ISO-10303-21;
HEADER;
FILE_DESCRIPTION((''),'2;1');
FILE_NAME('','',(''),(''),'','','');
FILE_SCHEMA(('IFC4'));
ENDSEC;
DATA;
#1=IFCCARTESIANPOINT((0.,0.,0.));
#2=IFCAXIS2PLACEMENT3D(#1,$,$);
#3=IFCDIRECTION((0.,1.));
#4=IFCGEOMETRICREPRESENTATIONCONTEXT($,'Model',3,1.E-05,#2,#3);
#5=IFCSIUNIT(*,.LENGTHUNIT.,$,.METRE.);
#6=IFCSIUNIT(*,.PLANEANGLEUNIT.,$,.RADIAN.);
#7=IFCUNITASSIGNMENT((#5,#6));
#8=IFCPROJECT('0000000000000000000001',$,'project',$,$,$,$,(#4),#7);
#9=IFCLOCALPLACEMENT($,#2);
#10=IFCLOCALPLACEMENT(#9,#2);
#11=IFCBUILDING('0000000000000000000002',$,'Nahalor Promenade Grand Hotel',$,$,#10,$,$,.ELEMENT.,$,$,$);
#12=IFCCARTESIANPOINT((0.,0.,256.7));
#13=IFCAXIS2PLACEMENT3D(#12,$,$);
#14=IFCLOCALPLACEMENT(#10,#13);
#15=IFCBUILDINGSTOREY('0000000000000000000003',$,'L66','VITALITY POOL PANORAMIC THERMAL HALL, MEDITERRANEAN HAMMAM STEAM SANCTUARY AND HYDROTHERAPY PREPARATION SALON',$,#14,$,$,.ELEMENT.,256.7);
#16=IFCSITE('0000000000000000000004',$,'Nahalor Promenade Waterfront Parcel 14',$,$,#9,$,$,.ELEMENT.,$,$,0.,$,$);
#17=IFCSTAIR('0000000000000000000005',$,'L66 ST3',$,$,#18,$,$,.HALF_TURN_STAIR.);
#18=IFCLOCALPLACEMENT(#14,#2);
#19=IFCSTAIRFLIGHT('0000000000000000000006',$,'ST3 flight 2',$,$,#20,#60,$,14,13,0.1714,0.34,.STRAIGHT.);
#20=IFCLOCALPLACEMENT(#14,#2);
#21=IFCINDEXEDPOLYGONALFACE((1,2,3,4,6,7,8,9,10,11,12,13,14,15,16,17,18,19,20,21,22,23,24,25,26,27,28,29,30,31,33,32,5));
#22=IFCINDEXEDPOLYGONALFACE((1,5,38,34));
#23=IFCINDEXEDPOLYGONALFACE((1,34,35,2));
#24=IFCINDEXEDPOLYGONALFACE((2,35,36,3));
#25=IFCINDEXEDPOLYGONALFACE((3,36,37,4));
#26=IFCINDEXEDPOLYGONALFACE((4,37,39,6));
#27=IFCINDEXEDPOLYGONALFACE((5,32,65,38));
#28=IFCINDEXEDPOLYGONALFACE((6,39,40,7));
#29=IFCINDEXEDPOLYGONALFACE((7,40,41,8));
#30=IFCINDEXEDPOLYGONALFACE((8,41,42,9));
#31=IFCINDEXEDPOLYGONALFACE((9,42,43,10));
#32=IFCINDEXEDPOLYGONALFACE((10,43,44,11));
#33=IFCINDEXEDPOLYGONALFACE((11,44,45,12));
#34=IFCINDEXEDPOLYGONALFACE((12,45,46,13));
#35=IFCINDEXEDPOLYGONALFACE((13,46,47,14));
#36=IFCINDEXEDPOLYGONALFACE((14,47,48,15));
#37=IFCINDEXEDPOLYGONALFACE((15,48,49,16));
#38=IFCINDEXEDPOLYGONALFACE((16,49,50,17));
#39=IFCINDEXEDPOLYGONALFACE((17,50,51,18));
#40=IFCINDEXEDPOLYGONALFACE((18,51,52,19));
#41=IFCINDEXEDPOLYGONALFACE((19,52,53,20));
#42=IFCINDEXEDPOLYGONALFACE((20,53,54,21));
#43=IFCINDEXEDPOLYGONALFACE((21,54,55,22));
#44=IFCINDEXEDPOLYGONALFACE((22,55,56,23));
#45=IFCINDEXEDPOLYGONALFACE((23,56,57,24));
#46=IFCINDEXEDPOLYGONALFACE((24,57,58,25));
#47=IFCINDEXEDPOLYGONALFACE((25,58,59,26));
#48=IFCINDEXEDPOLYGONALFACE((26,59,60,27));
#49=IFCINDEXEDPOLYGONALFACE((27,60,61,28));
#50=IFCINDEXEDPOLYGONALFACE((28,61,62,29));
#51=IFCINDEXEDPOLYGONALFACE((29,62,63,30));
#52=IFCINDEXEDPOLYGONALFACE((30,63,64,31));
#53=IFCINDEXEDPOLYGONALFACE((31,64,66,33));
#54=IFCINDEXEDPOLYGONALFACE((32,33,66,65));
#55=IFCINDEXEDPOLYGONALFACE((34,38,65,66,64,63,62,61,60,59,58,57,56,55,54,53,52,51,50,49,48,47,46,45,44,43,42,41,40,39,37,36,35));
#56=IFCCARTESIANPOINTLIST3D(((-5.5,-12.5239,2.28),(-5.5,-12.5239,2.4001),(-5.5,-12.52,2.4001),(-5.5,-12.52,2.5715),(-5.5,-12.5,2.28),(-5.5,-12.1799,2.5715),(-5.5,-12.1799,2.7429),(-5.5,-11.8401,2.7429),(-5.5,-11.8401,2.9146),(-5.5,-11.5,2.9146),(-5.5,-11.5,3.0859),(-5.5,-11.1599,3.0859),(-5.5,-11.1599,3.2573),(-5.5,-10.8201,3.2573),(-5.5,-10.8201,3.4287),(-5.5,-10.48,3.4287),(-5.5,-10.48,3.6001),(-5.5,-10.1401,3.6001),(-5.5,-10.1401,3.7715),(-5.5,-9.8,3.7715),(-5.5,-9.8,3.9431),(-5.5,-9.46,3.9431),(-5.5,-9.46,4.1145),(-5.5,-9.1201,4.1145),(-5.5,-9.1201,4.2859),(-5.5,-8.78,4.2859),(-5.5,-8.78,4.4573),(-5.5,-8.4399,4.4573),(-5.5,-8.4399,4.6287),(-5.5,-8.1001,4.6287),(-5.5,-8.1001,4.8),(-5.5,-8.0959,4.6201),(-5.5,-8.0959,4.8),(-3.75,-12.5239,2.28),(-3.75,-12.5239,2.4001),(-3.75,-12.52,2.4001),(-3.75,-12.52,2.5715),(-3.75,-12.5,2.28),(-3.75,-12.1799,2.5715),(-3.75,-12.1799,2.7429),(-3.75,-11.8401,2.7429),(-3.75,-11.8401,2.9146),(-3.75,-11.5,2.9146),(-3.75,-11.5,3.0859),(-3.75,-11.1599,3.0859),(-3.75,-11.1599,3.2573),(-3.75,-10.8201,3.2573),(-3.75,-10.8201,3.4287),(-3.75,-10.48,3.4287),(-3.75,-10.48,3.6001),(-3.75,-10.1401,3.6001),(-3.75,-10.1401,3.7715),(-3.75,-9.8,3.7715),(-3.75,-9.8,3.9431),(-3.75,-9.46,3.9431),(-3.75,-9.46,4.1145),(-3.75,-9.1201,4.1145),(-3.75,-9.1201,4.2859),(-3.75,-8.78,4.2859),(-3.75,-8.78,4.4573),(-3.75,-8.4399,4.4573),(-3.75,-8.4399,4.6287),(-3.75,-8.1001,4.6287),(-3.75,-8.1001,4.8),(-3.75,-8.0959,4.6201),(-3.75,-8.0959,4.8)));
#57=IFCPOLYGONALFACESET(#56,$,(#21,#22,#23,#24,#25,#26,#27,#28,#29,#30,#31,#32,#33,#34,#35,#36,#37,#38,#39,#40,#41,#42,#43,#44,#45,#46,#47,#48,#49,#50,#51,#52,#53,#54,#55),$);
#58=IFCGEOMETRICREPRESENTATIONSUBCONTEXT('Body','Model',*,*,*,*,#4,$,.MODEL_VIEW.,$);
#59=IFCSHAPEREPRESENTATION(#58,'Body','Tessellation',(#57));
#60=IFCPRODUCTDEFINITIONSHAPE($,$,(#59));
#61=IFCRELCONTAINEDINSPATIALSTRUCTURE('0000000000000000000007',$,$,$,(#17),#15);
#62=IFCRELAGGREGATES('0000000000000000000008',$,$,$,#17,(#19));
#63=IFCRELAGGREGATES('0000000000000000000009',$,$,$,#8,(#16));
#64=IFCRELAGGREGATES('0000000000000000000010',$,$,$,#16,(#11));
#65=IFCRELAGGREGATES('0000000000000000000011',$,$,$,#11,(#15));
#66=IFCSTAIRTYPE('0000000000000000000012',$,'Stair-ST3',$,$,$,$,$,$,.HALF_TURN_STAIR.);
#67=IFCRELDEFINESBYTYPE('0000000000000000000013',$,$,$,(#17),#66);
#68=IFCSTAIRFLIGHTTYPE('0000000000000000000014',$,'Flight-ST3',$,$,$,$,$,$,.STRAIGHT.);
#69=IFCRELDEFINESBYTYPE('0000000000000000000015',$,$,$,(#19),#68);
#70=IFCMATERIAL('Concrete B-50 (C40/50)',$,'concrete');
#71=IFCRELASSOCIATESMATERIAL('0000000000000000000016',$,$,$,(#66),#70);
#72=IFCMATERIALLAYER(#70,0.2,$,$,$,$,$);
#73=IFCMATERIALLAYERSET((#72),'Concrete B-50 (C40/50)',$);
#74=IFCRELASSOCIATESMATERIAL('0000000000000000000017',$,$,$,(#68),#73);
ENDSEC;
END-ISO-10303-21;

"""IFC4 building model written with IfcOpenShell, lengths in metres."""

from ifc_helpers import new_model, si_unit, direction, frame, origin, place, context, subcontext, project, spatial, polyline, outline, extrude, source, transform, mapped, material, layer, layer_set, type_object, element, aggregate, save


model = new_model("IFC4")

# Units and contexts
model_context = context("Model", 3, precision=1e-05, world=origin(), true_north=direction((0.0, 1.0)))
body_context = subcontext(model_context, "Body", "Model", "MODEL_VIEW")
ifc_project = project(units=[si_unit("LENGTHUNIT", "METRE"), si_unit("PLANEANGLEUNIT", "RADIAN")], contexts=[model_context])

# Site, building, storey
site_placement = place(None, origin())
site = spatial("IfcSite", under=ifc_project, at=site_placement, Name="Nahalor Promenade Waterfront Parcel 14", CompositionType="ELEMENT", RefElevation=0.0)
building_placement = place(site_placement, origin())
building = spatial("IfcBuilding", under=site, at=building_placement, Name="Nahalor Promenade Grand Hotel", CompositionType="ELEMENT")
storey_placement = place(building_placement, frame((0.0, 0.0, 256.7)))
storey = spatial("IfcBuildingStorey", under=building, at=storey_placement, Name="L66", Description="VITALITY POOL PANORAMIC THERMAL HALL, MEDITERRANEAN HAMMAM STEAM SANCTUARY AND HYDROTHERAPY PREPARATION SALON", CompositionType="ELEMENT", Elevation=256.7)

# Shared definitions
ifc_material_1 = material(Name="Concrete B-50 (C40/50)", Category="concrete")

# Stair, stair flight
stair_type = type_object("IfcStairType", Name="Stair-ST3", PredefinedType="HALF_TURN_STAIR", material=ifc_material_1)
stair_placement = place(storey_placement, origin())
stair = element("IfcStair", 1, at=stair_placement, inside=storey, type_object=stair_type, Name="L66 ST3", PredefinedType="HALF_TURN_STAIR")
ifc_layer_1 = layer(ifc_material_1, 0.2)
ifc_layer_set_1 = layer_set([ifc_layer_1], Name="Concrete B-50 (C40/50)")
stair_flight_type = type_object("IfcStairFlightType", Name="Flight-ST3", PredefinedType="STRAIGHT", material=ifc_layer_set_1)
shared_shape_1 = source(origin(), body_context, "Body", "SweptSolid", [
    extrude(outline(polyline([(-0.0039, -0.1201), (-0.0039, 0.0), (0.0, 0.0), (0.0, 0.1714), (0.3401, 0.1714), (0.3401, 0.3428), (0.6799, 0.3428), (0.6799, 0.5144), (1.02, 0.5144), (1.02, 0.6858), (1.3601, 0.6858), (1.3601, 0.8572), (1.7, 0.8572), (1.7, 1.0286), (2.04, 1.0286), (2.04, 1.2), (2.3799, 1.2), (2.3799, 1.3713), (2.72, 1.3713), (2.72, 1.543), (3.0601, 1.543), (3.0601, 1.7144), (3.3999, 1.7144), (3.3999, 1.8857), (3.74, 1.8857), (3.74, 2.0571), (4.0801, 2.0571), (4.0801, 2.2285), (4.4199, 2.2285), (4.4199, 2.3999), (4.4241, 2.3999), (4.4241, 2.22), (0.02, -0.1201), (-0.0039, -0.1201)])), frame((0.0, 0.875, 0.0), z_axis=(0.0, -1.0, 0.0), x_axis=(1.0, 0.0, 0.0)), (0.0, 0.0, 1.0), 1.75),
])
stair_flight_1_placement = place(storey_placement, frame((-4.625, -12.52, 2.4001), z_axis=(0.0, 0.0, 1.0), x_axis=(0.0, 1.0, 0.0)))
stair_flight_1 = element("IfcStairFlight", 2, at=stair_flight_1_placement, type_object=stair_flight_type, Name="ST3 flight 2", NumberOfRisers=14, NumberOfTreads=13, PredefinedType="STRAIGHT", RiserHeight=0.1714, TreadLength=0.34, context=body_context, shape_type="MappedRepresentation", body=[
    mapped(shared_shape_1, transform((0.0, 0.0, 0.0), scale=1.0)),
])
aggregate(stair, [stair_flight_1])

save(model, "model.ifc")
